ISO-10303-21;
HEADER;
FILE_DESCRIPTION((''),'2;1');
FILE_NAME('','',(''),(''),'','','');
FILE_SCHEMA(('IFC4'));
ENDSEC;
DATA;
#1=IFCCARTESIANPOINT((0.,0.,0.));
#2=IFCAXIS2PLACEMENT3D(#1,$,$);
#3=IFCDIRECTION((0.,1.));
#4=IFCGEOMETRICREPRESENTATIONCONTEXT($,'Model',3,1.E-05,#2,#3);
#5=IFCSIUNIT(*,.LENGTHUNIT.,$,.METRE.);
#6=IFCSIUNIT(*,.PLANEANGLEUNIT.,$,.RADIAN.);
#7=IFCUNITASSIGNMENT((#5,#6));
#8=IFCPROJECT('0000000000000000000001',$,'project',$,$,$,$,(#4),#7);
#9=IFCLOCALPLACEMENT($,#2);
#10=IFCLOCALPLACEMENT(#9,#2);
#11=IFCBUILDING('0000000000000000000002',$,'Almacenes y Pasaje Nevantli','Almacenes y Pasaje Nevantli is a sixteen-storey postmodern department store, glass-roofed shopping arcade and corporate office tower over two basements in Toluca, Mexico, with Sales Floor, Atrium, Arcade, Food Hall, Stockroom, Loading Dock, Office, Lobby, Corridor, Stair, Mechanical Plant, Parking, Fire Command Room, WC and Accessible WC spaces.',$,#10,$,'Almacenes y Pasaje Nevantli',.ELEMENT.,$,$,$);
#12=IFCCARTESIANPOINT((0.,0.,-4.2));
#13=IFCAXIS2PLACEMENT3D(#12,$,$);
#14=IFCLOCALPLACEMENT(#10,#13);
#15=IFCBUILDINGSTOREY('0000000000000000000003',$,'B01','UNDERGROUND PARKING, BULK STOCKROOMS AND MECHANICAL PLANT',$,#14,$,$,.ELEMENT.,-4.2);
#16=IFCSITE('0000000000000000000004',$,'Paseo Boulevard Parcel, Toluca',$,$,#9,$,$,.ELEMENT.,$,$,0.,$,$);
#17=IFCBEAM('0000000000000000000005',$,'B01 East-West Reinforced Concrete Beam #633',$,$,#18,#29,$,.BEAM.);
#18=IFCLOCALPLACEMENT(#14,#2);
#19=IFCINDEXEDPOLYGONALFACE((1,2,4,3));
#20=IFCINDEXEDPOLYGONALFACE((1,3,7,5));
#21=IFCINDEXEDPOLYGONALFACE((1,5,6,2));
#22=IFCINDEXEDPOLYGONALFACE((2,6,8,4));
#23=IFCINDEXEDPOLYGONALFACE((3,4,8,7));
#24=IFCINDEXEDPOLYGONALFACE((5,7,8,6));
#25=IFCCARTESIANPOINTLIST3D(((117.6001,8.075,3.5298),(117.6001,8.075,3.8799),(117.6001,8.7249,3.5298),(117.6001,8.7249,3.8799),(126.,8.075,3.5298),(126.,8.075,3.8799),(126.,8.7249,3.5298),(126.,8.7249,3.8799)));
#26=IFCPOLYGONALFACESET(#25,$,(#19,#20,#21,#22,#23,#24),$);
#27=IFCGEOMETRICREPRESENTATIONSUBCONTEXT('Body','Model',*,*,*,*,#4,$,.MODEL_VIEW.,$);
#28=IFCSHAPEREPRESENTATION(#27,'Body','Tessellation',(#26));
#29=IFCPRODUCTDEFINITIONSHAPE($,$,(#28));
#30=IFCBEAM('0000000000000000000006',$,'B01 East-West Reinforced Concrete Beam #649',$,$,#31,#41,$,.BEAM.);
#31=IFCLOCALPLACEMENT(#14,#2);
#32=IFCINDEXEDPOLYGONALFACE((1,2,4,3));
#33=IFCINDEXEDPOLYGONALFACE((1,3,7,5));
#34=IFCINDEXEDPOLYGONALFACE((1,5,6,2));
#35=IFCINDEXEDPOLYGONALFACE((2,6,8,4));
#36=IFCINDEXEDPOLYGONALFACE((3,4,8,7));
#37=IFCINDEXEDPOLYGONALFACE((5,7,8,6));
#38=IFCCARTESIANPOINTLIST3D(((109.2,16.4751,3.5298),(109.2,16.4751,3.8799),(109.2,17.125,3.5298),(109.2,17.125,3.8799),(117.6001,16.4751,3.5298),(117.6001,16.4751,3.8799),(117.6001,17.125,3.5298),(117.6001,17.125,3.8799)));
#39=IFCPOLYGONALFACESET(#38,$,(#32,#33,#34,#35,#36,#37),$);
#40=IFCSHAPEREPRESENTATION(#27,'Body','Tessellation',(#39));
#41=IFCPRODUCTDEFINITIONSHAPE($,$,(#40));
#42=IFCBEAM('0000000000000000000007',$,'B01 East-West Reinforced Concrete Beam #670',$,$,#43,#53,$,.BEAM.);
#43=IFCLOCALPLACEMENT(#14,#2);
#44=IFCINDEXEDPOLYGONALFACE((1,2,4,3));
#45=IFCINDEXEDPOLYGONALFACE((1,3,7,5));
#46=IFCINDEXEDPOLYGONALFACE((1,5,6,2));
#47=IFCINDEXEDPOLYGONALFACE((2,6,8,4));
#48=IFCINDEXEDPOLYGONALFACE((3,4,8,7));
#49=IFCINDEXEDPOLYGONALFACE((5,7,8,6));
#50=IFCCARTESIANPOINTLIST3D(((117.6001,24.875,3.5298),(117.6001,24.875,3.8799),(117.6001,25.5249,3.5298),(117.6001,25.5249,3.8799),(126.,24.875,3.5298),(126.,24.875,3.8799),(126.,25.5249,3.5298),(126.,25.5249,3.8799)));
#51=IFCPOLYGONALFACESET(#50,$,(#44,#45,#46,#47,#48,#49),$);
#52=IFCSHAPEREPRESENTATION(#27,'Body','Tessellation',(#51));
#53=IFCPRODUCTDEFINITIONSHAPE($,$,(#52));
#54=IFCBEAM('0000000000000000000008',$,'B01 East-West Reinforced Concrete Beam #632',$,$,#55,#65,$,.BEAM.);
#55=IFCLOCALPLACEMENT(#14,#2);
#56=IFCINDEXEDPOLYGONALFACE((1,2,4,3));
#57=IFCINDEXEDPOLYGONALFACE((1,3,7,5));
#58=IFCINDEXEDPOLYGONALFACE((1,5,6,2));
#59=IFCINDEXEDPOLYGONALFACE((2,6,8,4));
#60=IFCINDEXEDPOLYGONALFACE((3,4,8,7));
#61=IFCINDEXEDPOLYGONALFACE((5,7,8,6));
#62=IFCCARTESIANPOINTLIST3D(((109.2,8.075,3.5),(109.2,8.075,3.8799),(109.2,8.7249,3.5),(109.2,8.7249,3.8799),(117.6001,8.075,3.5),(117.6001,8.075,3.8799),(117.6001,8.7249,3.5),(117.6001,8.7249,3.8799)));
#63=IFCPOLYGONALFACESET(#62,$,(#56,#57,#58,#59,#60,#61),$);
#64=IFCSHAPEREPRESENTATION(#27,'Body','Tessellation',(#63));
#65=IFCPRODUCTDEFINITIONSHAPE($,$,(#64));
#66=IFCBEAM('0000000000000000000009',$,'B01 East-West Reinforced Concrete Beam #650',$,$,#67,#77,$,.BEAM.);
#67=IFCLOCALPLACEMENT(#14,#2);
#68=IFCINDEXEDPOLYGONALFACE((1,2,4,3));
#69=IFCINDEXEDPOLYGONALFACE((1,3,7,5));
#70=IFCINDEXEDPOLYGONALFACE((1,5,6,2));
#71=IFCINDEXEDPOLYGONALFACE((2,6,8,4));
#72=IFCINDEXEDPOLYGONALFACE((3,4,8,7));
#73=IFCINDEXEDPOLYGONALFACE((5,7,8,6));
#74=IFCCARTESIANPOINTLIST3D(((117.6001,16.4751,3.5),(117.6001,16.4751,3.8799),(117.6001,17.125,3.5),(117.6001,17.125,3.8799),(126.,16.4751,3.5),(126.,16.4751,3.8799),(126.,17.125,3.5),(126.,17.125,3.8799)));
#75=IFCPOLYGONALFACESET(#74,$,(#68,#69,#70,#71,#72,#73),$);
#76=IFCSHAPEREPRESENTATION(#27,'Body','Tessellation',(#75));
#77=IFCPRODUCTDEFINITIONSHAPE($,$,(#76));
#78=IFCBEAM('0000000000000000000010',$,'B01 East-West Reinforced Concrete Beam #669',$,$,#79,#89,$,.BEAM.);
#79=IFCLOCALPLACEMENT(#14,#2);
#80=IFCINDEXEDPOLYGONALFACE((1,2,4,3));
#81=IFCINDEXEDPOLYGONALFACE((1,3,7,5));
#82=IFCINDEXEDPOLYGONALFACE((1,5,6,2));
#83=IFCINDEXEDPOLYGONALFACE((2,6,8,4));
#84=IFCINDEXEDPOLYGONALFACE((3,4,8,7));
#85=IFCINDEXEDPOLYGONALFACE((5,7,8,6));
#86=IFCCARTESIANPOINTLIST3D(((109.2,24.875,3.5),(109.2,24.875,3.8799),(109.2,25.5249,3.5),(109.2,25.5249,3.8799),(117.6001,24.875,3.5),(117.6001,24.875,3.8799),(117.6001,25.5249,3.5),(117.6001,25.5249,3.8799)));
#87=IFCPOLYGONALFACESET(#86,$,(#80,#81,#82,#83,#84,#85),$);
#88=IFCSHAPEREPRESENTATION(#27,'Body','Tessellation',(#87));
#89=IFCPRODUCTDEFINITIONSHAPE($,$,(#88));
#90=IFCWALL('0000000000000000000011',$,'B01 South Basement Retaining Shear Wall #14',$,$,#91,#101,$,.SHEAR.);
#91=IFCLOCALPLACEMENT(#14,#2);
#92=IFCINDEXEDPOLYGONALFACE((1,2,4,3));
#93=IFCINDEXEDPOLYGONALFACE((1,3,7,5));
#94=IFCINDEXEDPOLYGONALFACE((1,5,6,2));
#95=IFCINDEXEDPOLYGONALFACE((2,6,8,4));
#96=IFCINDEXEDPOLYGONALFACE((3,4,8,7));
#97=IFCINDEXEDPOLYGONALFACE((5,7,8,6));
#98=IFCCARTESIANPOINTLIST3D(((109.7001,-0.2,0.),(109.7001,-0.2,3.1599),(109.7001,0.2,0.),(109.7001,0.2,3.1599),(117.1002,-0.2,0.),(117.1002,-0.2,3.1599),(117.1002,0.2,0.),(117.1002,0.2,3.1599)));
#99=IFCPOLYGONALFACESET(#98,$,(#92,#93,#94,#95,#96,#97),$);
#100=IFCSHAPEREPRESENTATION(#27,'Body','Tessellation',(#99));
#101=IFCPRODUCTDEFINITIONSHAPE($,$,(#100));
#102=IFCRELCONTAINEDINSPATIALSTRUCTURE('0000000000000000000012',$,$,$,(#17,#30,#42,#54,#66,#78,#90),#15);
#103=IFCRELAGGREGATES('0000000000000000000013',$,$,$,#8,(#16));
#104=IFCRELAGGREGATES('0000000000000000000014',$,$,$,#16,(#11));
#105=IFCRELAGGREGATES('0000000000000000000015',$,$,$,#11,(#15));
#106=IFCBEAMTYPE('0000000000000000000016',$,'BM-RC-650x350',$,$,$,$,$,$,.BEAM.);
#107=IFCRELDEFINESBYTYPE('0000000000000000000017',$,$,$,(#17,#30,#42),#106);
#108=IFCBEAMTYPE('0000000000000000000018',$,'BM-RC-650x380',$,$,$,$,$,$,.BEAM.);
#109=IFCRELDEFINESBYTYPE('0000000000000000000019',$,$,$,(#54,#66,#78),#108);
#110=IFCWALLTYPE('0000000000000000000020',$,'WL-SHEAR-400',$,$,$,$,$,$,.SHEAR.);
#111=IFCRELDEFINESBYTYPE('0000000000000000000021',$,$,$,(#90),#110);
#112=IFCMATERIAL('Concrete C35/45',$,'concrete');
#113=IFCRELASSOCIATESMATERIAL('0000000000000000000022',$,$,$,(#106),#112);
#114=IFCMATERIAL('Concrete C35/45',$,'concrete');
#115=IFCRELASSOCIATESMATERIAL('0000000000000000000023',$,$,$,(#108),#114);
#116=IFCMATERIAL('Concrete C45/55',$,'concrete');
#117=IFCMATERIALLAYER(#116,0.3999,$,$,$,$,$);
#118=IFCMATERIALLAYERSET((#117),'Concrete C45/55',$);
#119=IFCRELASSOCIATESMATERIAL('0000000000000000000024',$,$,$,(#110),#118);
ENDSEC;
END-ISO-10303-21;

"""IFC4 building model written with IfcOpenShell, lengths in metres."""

from ifc_helpers import new_model, si_unit, direction, frame, frame_2d, origin, origin_2d, place, context, subcontext, project, spatial, rectangle, extrude, material, layer, layer_set, material_profile, profile_set, type_object, element, save


model = new_model("IFC4")

# Units and contexts
model_context = context("Model", 3, precision=1e-05, world=origin(), true_north=direction((0.0, 1.0)))
body_context = subcontext(model_context, "Body", "Model", "MODEL_VIEW")
ifc_project = project(units=[si_unit("LENGTHUNIT", "METRE"), si_unit("PLANEANGLEUNIT", "RADIAN")], contexts=[model_context])

# Site, building, storey
site_placement = place(None, origin())
site = spatial("IfcSite", under=ifc_project, at=site_placement, Name="Paseo Boulevard Parcel, Toluca", CompositionType="ELEMENT", RefElevation=0.0)
building_placement = place(site_placement, origin())
building = spatial("IfcBuilding", under=site, at=building_placement, Name="Almacenes y Pasaje Nevantli", Description="Almacenes y Pasaje Nevantli is a sixteen-storey postmodern department store, glass-roofed shopping arcade and corporate office tower over two basements in Toluca, Mexico, with Sales Floor, Atrium, Arcade, Food Hall, Stockroom, Loading Dock, Office, Lobby, Corridor, Stair, Mechanical Plant, Parking, Fire Command Room, WC and Accessible WC spaces.", LongName="Almacenes y Pasaje Nevantli", CompositionType="ELEMENT")
storey_placement = place(building_placement, frame((0.0, 0.0, -4.2)))
storey = spatial("IfcBuildingStorey", under=building, at=storey_placement, Name="B01", Description="UNDERGROUND PARKING, BULK STOCKROOMS AND MECHANICAL PLANT", CompositionType="ELEMENT", Elevation=-4.2)

# Beams
ifc_material_1 = material(Name="Concrete C35/45", Category="concrete")
ifc_material_profile_1 = material_profile(ifc_material_1, rectangle(XDim=0.6499, YDim=0.3501, at=origin_2d()), Name="RC-BM-650x350")
ifc_profile_set_1 = profile_set([ifc_material_profile_1], Name="Concrete C35/45")
beam_type_1 = type_object("IfcBeamType", Name="BM-RC-650x350", PredefinedType="BEAM", material=ifc_profile_set_1)
beam_1_placement = place(storey_placement, frame((117.6001, 8.3999, 3.7048), z_axis=(1.0, 0.0, 0.0), x_axis=(0.0, 1.0, 0.0)))
element("IfcBeam", 1, at=beam_1_placement, inside=storey, type_object=beam_type_1, Name="B01 East-West Reinforced Concrete Beam #633", PredefinedType="BEAM", context=body_context, shape_type="SweptSolid", body=[
    extrude(rectangle(XDim=0.6499, YDim=0.3501, at=origin_2d()), origin(), (0.0, 0.0, 1.0), 8.3999),
])
beam_2_placement = place(storey_placement, frame((109.2, 16.8, 3.7048), z_axis=(1.0, 0.0, 0.0), x_axis=(0.0, 1.0, 0.0)))
element("IfcBeam", 2, at=beam_2_placement, inside=storey, type_object=beam_type_1, Name="B01 East-West Reinforced Concrete Beam #649", PredefinedType="BEAM", context=body_context, shape_type="SweptSolid", body=[
    extrude(rectangle(XDim=0.6499, YDim=0.3501, at=origin_2d()), origin(), (0.0, 0.0, 1.0), 8.4001),
])
beam_3_placement = place(storey_placement, frame((117.6001, 25.2, 3.7048), z_axis=(1.0, 0.0, 0.0), x_axis=(0.0, 1.0, 0.0)))
element("IfcBeam", 3, at=beam_3_placement, inside=storey, type_object=beam_type_1, Name="B01 East-West Reinforced Concrete Beam #670", PredefinedType="BEAM", context=body_context, shape_type="SweptSolid", body=[
    extrude(rectangle(XDim=0.6499, YDim=0.3501, at=origin_2d()), origin(), (0.0, 0.0, 1.0), 8.3999),
])
ifc_material_2 = material(Name="Concrete C35/45", Category="concrete")
ifc_material_profile_2 = material_profile(ifc_material_2, rectangle(XDim=0.6499, YDim=0.3799, at=origin_2d()), Name="RC-BM-650x380")
ifc_profile_set_2 = profile_set([ifc_material_profile_2], Name="Concrete C35/45")
beam_type_2 = type_object("IfcBeamType", Name="BM-RC-650x380", PredefinedType="BEAM", material=ifc_profile_set_2)
beam_4_placement = place(storey_placement, frame((109.2, 8.3999, 3.6899), z_axis=(1.0, 0.0, 0.0), x_axis=(0.0, 1.0, 0.0)))
element("IfcBeam", 4, at=beam_4_placement, inside=storey, type_object=beam_type_2, Name="B01 East-West Reinforced Concrete Beam #632", PredefinedType="BEAM", context=body_context, shape_type="SweptSolid", body=[
    extrude(rectangle(XDim=0.6499, YDim=0.3799, at=origin_2d()), origin(), (0.0, 0.0, 1.0), 8.4001),
])
beam_5_placement = place(storey_placement, frame((117.6001, 16.8, 3.6899), z_axis=(1.0, 0.0, 0.0), x_axis=(0.0, 1.0, 0.0)))
element("IfcBeam", 5, at=beam_5_placement, inside=storey, type_object=beam_type_2, Name="B01 East-West Reinforced Concrete Beam #650", PredefinedType="BEAM", context=body_context, shape_type="SweptSolid", body=[
    extrude(rectangle(XDim=0.6499, YDim=0.3799, at=origin_2d()), origin(), (0.0, 0.0, 1.0), 8.3999),
])
beam_6_placement = place(storey_placement, frame((109.2, 25.2, 3.6899), z_axis=(1.0, 0.0, 0.0), x_axis=(0.0, 1.0, 0.0)))
element("IfcBeam", 6, at=beam_6_placement, inside=storey, type_object=beam_type_2, Name="B01 East-West Reinforced Concrete Beam #669", PredefinedType="BEAM", context=body_context, shape_type="SweptSolid", body=[
    extrude(rectangle(XDim=0.6499, YDim=0.3799, at=origin_2d()), origin(), (0.0, 0.0, 1.0), 8.4001),
])

# Wall
ifc_material_3 = material(Name="Concrete C45/55", Category="concrete")
ifc_layer = layer(ifc_material_3, 0.3999)
ifc_layer_set = layer_set([ifc_layer], Name="Concrete C45/55")
wall_type = type_object("IfcWallType", Name="WL-SHEAR-400", PredefinedType="SHEAR", material=ifc_layer_set)
wall_placement = place(storey_placement, frame((109.7, 0.0, 0.0), z_axis=(0.0, 0.0, 1.0), x_axis=(1.0, 0.0, 0.0)))
element("IfcWall", 7, at=wall_placement, inside=storey, type_object=wall_type, Name="B01 South Basement Retaining Shear Wall #14", PredefinedType="SHEAR", context=body_context, shape_type="SweptSolid", body=[
    extrude(rectangle(XDim=7.4001, YDim=0.3999, at=frame_2d((3.7002, 0.0))), origin(), (0.0, 0.0, 1.0), 3.1599),
])

save(model, "model.ifc")
